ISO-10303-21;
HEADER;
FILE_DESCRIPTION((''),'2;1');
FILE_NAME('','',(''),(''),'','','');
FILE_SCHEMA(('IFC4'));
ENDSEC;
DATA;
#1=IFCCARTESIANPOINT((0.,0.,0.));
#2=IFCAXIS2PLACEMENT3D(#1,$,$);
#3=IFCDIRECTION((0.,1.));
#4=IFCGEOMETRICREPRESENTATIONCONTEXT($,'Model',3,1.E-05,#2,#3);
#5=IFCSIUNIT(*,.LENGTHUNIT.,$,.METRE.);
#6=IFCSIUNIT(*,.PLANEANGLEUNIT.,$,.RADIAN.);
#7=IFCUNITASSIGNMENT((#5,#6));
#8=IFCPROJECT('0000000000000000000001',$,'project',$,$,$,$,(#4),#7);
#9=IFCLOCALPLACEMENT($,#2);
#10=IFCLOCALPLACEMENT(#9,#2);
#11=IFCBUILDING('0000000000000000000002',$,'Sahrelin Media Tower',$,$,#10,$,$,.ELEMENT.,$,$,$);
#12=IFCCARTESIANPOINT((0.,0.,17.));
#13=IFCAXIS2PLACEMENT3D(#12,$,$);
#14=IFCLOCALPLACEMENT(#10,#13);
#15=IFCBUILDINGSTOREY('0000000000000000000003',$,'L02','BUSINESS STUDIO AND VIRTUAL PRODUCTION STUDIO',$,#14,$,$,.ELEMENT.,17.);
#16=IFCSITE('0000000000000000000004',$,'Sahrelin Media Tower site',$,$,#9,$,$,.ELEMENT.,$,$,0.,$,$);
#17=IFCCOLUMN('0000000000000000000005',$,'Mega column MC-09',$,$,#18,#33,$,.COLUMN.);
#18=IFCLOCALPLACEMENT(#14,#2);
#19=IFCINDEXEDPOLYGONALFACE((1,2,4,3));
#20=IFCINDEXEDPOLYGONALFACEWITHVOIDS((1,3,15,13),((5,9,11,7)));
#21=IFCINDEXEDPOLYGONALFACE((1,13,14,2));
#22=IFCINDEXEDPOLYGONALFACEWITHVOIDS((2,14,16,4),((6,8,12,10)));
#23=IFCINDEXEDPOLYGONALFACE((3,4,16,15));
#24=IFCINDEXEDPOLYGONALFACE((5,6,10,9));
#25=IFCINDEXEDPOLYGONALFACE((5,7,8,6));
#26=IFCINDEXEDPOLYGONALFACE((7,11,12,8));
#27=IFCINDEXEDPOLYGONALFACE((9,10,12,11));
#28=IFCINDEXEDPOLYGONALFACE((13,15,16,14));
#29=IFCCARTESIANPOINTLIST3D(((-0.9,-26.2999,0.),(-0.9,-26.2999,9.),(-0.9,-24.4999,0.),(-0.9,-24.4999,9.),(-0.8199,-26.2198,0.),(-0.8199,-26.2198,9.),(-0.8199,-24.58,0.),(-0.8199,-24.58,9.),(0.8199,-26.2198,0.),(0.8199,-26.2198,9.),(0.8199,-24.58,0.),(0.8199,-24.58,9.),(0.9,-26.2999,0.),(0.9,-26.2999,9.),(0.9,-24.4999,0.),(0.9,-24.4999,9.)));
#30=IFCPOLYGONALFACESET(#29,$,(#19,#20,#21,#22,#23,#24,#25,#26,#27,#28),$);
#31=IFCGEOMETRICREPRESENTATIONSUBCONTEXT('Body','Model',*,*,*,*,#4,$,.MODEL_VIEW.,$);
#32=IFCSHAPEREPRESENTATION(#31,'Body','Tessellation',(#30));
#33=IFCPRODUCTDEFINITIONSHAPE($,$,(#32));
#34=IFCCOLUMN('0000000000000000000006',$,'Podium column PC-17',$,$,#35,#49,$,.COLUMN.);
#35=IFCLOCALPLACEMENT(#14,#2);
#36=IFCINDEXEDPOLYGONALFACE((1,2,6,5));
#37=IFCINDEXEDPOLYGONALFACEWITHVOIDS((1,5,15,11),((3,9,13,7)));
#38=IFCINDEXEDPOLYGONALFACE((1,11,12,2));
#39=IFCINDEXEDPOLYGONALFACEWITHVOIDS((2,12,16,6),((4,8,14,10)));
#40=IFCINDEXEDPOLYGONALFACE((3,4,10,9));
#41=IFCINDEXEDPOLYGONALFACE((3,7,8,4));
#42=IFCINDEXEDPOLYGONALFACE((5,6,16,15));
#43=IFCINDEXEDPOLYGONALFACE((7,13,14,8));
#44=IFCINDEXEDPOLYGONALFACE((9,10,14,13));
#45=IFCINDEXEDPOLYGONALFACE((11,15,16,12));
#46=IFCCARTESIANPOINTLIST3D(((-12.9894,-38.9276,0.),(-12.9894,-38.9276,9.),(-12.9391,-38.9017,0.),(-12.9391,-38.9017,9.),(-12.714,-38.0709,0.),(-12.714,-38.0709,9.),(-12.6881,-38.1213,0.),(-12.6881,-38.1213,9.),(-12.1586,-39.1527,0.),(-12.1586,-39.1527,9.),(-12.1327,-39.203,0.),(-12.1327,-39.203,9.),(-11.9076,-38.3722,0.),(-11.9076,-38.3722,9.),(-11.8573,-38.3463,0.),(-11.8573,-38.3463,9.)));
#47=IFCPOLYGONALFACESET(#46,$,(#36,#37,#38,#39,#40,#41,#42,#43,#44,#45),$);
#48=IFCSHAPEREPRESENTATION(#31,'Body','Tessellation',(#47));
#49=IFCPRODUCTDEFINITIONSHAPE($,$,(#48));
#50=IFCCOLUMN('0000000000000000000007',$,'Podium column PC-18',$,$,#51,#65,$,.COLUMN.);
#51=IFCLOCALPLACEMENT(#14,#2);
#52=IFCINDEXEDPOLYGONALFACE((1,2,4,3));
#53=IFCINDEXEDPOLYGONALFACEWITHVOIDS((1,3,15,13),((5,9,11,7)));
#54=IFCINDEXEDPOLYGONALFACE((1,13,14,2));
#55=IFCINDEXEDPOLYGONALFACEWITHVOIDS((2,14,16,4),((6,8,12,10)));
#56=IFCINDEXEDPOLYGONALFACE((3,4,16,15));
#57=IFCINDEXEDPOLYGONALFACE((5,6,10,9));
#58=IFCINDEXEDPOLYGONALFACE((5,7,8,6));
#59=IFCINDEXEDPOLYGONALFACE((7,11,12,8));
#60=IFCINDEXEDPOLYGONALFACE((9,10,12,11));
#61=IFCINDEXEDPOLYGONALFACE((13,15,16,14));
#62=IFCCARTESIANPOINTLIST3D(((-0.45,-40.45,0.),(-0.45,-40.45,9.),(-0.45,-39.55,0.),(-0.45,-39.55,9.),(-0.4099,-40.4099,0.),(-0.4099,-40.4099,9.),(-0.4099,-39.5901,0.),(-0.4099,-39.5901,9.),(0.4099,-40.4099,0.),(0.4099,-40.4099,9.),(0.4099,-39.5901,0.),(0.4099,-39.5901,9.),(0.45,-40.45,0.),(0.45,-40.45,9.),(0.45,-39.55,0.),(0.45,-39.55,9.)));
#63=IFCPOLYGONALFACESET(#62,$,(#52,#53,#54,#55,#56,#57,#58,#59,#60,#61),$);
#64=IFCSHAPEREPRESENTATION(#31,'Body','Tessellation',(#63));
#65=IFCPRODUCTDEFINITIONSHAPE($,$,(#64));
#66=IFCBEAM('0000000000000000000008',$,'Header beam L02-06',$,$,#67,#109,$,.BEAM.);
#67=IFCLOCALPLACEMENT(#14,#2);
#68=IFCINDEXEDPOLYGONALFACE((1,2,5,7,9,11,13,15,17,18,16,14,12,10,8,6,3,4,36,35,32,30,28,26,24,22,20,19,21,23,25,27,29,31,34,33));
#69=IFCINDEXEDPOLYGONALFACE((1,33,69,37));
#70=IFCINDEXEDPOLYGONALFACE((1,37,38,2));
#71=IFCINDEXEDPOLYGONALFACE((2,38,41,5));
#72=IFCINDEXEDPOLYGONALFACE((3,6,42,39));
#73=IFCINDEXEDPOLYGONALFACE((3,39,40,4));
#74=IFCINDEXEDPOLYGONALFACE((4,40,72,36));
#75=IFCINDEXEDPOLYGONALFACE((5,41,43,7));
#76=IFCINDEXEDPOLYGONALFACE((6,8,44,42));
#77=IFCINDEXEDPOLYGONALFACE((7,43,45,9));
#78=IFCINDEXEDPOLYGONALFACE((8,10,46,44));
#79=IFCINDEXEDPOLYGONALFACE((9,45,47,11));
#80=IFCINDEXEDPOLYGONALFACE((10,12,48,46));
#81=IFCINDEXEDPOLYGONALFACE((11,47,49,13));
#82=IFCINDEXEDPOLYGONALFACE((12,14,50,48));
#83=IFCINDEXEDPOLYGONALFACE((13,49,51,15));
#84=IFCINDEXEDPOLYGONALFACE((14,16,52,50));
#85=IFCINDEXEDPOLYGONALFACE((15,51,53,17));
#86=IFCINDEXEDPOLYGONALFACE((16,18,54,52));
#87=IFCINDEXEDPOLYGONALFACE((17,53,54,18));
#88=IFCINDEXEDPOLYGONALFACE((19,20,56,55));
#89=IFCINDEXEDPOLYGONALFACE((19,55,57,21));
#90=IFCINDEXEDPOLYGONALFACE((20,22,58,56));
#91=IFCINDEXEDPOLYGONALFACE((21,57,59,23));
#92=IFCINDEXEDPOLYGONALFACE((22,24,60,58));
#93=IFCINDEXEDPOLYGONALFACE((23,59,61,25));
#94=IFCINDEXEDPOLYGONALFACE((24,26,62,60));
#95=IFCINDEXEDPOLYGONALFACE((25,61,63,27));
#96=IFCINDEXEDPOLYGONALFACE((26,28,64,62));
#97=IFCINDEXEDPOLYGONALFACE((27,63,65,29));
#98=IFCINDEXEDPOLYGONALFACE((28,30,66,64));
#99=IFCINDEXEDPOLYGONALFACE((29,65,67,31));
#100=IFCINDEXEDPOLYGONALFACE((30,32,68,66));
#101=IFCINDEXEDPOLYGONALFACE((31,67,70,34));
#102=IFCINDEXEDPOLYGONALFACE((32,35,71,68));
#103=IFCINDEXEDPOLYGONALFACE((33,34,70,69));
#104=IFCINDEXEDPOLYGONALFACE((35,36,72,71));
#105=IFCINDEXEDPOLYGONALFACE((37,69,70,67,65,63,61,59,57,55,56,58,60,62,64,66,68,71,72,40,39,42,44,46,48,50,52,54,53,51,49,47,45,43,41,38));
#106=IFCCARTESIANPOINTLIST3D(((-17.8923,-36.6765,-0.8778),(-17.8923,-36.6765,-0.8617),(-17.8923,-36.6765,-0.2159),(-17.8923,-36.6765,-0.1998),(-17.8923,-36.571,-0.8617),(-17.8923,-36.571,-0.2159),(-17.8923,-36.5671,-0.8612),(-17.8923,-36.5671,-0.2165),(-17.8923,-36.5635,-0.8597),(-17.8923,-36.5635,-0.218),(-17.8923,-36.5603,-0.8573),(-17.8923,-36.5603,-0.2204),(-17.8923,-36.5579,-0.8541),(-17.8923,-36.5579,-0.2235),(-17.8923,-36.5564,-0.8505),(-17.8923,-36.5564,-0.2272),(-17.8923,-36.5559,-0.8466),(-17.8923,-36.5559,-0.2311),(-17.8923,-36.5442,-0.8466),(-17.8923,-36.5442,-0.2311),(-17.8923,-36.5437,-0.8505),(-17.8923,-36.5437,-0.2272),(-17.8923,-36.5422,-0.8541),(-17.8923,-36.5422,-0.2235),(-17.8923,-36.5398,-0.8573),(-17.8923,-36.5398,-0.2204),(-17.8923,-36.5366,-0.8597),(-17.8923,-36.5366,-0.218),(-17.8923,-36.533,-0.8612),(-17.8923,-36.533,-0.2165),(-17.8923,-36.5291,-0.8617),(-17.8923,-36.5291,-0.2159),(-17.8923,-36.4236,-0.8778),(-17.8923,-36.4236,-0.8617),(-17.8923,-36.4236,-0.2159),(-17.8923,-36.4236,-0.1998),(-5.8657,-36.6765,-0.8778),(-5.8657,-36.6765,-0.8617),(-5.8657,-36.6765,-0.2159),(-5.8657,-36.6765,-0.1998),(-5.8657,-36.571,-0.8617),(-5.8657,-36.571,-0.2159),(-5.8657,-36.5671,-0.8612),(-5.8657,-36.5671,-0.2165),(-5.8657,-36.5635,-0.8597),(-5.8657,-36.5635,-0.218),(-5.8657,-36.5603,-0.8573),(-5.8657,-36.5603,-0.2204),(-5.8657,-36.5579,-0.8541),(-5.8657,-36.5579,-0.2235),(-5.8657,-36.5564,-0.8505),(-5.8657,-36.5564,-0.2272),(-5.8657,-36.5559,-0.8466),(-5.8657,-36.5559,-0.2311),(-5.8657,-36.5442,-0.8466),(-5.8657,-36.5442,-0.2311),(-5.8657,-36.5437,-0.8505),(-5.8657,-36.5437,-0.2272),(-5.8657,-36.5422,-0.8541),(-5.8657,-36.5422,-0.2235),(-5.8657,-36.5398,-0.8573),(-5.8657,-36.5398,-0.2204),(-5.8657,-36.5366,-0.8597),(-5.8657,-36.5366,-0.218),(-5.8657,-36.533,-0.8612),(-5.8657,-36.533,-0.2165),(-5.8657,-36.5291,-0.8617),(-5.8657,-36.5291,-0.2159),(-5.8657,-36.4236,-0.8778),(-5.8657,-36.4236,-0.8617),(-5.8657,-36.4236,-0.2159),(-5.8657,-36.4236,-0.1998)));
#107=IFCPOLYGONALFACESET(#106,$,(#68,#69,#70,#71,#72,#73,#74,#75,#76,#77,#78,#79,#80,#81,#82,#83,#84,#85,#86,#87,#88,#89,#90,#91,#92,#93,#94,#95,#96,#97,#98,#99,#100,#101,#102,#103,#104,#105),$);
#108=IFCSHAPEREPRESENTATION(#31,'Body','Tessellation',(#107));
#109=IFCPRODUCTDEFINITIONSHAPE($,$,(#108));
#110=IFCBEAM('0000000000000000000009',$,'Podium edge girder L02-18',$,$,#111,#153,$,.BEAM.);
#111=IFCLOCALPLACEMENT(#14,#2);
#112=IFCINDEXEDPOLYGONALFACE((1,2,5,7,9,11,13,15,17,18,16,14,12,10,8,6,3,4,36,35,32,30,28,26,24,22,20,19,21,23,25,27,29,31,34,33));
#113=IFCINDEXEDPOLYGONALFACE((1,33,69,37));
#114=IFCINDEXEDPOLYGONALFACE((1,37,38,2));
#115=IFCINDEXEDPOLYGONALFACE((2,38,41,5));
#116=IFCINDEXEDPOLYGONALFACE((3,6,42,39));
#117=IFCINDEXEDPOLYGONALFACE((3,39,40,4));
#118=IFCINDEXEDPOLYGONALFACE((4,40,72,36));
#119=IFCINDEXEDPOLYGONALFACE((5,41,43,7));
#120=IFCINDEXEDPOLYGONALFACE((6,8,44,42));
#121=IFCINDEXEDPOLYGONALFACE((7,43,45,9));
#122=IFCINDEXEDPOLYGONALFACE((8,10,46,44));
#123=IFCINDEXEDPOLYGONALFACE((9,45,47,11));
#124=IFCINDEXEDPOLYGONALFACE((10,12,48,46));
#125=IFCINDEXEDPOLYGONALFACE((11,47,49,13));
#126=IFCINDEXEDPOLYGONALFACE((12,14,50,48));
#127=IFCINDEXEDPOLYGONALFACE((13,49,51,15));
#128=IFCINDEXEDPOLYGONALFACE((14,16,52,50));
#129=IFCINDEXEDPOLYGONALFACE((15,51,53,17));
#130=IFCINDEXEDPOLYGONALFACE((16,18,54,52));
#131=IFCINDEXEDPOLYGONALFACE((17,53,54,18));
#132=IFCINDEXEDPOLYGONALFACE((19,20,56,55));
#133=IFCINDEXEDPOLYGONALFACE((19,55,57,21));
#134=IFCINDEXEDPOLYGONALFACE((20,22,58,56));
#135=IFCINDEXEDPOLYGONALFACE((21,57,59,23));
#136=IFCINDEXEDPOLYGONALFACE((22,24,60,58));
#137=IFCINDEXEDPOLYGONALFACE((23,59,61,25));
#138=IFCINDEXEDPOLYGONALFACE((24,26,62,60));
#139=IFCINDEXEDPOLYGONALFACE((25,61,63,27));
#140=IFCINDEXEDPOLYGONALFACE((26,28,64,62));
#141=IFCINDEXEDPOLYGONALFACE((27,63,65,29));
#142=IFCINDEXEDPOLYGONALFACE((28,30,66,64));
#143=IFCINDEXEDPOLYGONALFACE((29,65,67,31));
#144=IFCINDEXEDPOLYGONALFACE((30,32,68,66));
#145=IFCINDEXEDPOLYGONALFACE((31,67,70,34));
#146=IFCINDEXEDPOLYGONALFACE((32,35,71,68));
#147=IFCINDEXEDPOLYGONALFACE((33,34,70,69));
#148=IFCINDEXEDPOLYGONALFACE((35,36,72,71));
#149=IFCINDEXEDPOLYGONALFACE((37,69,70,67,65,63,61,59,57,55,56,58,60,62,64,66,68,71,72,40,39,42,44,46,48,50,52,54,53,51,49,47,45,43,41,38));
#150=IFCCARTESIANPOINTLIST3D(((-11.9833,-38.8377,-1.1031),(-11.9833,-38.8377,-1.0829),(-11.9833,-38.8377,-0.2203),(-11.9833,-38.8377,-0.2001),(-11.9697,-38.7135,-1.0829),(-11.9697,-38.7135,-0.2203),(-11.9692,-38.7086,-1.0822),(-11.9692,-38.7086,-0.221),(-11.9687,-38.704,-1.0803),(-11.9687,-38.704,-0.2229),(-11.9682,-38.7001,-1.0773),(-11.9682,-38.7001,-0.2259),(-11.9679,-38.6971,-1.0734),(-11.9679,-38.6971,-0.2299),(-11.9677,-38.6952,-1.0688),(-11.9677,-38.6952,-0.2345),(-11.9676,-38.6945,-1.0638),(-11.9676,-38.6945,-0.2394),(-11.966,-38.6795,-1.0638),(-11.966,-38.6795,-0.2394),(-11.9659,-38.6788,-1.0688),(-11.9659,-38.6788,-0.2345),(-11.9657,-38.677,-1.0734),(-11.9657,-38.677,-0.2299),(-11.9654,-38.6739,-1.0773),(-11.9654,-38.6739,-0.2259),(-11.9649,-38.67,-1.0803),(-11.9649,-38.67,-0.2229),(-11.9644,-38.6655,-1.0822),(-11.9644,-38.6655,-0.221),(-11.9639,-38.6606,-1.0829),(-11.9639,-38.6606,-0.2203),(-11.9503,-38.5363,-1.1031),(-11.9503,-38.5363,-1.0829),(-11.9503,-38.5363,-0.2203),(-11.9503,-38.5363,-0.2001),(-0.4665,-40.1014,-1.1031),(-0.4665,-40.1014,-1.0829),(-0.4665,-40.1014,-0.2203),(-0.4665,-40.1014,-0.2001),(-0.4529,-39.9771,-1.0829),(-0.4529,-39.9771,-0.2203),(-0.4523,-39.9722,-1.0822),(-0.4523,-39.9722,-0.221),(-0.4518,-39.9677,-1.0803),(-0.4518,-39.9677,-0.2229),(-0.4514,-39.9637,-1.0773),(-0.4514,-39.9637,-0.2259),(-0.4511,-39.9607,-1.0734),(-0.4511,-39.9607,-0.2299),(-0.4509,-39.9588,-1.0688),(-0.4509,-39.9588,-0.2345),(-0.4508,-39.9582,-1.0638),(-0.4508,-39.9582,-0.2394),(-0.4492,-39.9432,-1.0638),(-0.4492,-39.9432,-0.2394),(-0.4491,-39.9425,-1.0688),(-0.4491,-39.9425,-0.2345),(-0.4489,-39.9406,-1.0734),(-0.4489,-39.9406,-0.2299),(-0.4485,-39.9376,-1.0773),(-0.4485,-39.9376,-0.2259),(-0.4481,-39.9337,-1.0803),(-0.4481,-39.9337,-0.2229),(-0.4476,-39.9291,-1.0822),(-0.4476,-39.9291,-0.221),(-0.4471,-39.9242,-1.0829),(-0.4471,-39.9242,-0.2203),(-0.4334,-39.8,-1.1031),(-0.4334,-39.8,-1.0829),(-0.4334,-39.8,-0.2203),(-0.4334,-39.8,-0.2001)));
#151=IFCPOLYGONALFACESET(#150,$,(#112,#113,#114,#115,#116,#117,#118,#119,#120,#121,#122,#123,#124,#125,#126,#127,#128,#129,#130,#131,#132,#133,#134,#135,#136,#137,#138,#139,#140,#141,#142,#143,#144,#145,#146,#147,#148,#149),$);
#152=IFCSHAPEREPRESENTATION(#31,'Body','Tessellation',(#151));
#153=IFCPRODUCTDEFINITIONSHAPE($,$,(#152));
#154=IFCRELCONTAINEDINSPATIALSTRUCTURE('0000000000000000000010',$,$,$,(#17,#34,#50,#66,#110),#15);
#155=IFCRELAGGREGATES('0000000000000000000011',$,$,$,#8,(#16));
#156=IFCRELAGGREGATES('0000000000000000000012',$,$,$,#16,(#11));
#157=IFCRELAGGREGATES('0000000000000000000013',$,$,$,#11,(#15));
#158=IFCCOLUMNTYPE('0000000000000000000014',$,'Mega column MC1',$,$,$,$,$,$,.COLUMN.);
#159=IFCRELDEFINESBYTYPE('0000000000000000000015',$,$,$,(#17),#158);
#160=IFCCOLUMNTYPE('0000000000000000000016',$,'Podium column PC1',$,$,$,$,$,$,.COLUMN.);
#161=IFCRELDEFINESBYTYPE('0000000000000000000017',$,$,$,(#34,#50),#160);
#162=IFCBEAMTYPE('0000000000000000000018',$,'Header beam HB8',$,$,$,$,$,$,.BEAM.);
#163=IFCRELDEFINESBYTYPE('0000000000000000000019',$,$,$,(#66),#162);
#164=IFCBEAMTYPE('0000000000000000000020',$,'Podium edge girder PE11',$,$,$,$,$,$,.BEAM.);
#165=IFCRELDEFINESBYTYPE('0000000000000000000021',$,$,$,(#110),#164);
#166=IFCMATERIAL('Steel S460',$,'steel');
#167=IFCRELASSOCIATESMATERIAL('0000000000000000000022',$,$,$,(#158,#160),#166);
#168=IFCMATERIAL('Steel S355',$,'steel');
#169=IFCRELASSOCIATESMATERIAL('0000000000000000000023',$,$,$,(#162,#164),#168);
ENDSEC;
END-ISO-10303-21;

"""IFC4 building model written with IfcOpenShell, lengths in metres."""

from ifc_helpers import new_model, si_unit, direction, frame, origin, origin_2d, place, context, subcontext, project, spatial, hollow_rectangle, i_section, extrude, material, material_profile, profile_set, type_object, element, save


model = new_model("IFC4")

# Units and contexts
model_context = context("Model", 3, precision=1e-05, world=origin(), true_north=direction((0.0, 1.0)))
body_context = subcontext(model_context, "Body", "Model", "MODEL_VIEW")
ifc_project = project(units=[si_unit("LENGTHUNIT", "METRE"), si_unit("PLANEANGLEUNIT", "RADIAN")], contexts=[model_context])

# Site, building, storey
site_placement = place(None, origin())
site = spatial("IfcSite", under=ifc_project, at=site_placement, Name="Sahrelin Media Tower site", CompositionType="ELEMENT", RefElevation=0.0)
building_placement = place(site_placement, origin())
building = spatial("IfcBuilding", under=site, at=building_placement, Name="Sahrelin Media Tower", CompositionType="ELEMENT")
storey_placement = place(building_placement, frame((0.0, 0.0, 17.0)))
storey = spatial("IfcBuildingStorey", under=building, at=storey_placement, Name="L02", Description="BUSINESS STUDIO AND VIRTUAL PRODUCTION STUDIO", CompositionType="ELEMENT", Elevation=17.0)

# Columns
ifc_material_1 = material(Name="Steel S460", Category="steel")
ifc_material_profile_1 = material_profile(ifc_material_1, hollow_rectangle(XDim=1.8, YDim=1.8, WallThickness=0.0801, at=origin_2d()), Name="Mega column MC1")
ifc_profile_set_1 = profile_set([ifc_material_profile_1], Name="Steel S460")
column_type_1 = type_object("IfcColumnType", Name="Mega column MC1", PredefinedType="COLUMN", material=ifc_profile_set_1)
column_placement = place(storey_placement, frame((0.0, -25.3999, 0.0), z_axis=(0.0, 0.0, 1.0), x_axis=(0.0, -1.0, 0.0)))
element("IfcColumn", 1, at=column_placement, inside=storey, type_object=column_type_1, Name="Mega column MC-09", PredefinedType="COLUMN", context=body_context, shape_type="SweptSolid", body=[
    extrude(hollow_rectangle(XDim=1.8, YDim=1.8, WallThickness=0.0801, at=origin_2d()), origin(), (0.0, 0.0, 1.0), 9.0),
])
ifc_material_profile_2 = material_profile(ifc_material_1, hollow_rectangle(XDim=0.8999, YDim=0.8999, WallThickness=0.04, at=origin_2d()), Name="Podium column PC1")
ifc_profile_set_2 = profile_set([ifc_material_profile_2], Name="Steel S460")
column_type_2 = type_object("IfcColumnType", Name="Podium column PC1", PredefinedType="COLUMN", material=ifc_profile_set_2)
for number, where, z_axis, x_axis, name in (
    (2, (-12.4233, -38.637, 0.0), (0.0, 0.0, 1.0), (-0.306104, -0.951998, 0.0), "Podium column PC-17"),
    (3, (0.0, -40.0, 0.0), (0.0, 0.0, 1.0), (0.0, -1.0, 0.0), "Podium column PC-18"),
):
    element("IfcColumn", number, at=place(storey_placement, frame(where, z_axis=z_axis, x_axis=x_axis)), inside=storey, type_object=column_type_2, Name=name, PredefinedType="COLUMN", context=body_context, shape_type="SweptSolid", body=[
        extrude(hollow_rectangle(XDim=0.8999, YDim=0.8999, WallThickness=0.04, at=origin_2d()), origin(), (0.0, 0.0, 1.0), 9.0),
    ])

# Beams
ifc_material_2 = material(Name="Steel S355", Category="steel")
ifc_material_profile_3 = material_profile(ifc_material_2, i_section(OverallWidth=0.2529, OverallDepth=0.678, WebThickness=0.0117, FlangeThickness=0.0161, FilletRadius=0.0151, at=origin_2d()), Name="UB 686x254x125")
ifc_profile_set_3 = profile_set([ifc_material_profile_3], Name="Steel S355")
beam_type_1 = type_object("IfcBeamType", Name="Header beam HB8", PredefinedType="BEAM", material=ifc_profile_set_3)
beam_1_placement = place(storey_placement, frame((-5.8657, -36.55, -0.5388), z_axis=(-1.0, 0.0, 0.0), x_axis=(0.0, -1.0, 0.0)))
element("IfcBeam", 4, at=beam_1_placement, inside=storey, type_object=beam_type_1, Name="Header beam L02-06", PredefinedType="BEAM", context=body_context, shape_type="SweptSolid", body=[
    extrude(i_section(OverallWidth=0.2529, OverallDepth=0.678, WebThickness=0.0117, FlangeThickness=0.0161, FilletRadius=0.0151, at=origin_2d()), origin(), (0.0, 0.0, 1.0), 12.0266),
])
ifc_material_profile_4 = material_profile(ifc_material_2, i_section(OverallWidth=0.3032, OverallDepth=0.9031, WebThickness=0.0151, FlangeThickness=0.0203, FilletRadius=0.019, at=origin_2d()), Name="UB 914x305x201")
ifc_profile_set_4 = profile_set([ifc_material_profile_4], Name="Steel S355")
beam_type_2 = type_object("IfcBeamType", Name="Podium edge girder PE11", PredefinedType="BEAM", material=ifc_profile_set_4)
beam_2_placement = place(storey_placement, frame((-11.9668, -38.687, -0.6516), z_axis=(0.994034, -0.109069, 0.0), x_axis=(0.109069, 0.994034, 0.0)))
element("IfcBeam", 5, at=beam_2_placement, inside=storey, type_object=beam_type_2, Name="Podium edge girder L02-18", PredefinedType="BEAM", context=body_context, shape_type="SweptSolid", body=[
    extrude(i_section(OverallWidth=0.3032, OverallDepth=0.9031, WebThickness=0.0151, FlangeThickness=0.0203, FilletRadius=0.019, at=origin_2d()), origin(), (0.0, 0.0, 1.0), 11.5859),
])

save(model, "model.ifc")
